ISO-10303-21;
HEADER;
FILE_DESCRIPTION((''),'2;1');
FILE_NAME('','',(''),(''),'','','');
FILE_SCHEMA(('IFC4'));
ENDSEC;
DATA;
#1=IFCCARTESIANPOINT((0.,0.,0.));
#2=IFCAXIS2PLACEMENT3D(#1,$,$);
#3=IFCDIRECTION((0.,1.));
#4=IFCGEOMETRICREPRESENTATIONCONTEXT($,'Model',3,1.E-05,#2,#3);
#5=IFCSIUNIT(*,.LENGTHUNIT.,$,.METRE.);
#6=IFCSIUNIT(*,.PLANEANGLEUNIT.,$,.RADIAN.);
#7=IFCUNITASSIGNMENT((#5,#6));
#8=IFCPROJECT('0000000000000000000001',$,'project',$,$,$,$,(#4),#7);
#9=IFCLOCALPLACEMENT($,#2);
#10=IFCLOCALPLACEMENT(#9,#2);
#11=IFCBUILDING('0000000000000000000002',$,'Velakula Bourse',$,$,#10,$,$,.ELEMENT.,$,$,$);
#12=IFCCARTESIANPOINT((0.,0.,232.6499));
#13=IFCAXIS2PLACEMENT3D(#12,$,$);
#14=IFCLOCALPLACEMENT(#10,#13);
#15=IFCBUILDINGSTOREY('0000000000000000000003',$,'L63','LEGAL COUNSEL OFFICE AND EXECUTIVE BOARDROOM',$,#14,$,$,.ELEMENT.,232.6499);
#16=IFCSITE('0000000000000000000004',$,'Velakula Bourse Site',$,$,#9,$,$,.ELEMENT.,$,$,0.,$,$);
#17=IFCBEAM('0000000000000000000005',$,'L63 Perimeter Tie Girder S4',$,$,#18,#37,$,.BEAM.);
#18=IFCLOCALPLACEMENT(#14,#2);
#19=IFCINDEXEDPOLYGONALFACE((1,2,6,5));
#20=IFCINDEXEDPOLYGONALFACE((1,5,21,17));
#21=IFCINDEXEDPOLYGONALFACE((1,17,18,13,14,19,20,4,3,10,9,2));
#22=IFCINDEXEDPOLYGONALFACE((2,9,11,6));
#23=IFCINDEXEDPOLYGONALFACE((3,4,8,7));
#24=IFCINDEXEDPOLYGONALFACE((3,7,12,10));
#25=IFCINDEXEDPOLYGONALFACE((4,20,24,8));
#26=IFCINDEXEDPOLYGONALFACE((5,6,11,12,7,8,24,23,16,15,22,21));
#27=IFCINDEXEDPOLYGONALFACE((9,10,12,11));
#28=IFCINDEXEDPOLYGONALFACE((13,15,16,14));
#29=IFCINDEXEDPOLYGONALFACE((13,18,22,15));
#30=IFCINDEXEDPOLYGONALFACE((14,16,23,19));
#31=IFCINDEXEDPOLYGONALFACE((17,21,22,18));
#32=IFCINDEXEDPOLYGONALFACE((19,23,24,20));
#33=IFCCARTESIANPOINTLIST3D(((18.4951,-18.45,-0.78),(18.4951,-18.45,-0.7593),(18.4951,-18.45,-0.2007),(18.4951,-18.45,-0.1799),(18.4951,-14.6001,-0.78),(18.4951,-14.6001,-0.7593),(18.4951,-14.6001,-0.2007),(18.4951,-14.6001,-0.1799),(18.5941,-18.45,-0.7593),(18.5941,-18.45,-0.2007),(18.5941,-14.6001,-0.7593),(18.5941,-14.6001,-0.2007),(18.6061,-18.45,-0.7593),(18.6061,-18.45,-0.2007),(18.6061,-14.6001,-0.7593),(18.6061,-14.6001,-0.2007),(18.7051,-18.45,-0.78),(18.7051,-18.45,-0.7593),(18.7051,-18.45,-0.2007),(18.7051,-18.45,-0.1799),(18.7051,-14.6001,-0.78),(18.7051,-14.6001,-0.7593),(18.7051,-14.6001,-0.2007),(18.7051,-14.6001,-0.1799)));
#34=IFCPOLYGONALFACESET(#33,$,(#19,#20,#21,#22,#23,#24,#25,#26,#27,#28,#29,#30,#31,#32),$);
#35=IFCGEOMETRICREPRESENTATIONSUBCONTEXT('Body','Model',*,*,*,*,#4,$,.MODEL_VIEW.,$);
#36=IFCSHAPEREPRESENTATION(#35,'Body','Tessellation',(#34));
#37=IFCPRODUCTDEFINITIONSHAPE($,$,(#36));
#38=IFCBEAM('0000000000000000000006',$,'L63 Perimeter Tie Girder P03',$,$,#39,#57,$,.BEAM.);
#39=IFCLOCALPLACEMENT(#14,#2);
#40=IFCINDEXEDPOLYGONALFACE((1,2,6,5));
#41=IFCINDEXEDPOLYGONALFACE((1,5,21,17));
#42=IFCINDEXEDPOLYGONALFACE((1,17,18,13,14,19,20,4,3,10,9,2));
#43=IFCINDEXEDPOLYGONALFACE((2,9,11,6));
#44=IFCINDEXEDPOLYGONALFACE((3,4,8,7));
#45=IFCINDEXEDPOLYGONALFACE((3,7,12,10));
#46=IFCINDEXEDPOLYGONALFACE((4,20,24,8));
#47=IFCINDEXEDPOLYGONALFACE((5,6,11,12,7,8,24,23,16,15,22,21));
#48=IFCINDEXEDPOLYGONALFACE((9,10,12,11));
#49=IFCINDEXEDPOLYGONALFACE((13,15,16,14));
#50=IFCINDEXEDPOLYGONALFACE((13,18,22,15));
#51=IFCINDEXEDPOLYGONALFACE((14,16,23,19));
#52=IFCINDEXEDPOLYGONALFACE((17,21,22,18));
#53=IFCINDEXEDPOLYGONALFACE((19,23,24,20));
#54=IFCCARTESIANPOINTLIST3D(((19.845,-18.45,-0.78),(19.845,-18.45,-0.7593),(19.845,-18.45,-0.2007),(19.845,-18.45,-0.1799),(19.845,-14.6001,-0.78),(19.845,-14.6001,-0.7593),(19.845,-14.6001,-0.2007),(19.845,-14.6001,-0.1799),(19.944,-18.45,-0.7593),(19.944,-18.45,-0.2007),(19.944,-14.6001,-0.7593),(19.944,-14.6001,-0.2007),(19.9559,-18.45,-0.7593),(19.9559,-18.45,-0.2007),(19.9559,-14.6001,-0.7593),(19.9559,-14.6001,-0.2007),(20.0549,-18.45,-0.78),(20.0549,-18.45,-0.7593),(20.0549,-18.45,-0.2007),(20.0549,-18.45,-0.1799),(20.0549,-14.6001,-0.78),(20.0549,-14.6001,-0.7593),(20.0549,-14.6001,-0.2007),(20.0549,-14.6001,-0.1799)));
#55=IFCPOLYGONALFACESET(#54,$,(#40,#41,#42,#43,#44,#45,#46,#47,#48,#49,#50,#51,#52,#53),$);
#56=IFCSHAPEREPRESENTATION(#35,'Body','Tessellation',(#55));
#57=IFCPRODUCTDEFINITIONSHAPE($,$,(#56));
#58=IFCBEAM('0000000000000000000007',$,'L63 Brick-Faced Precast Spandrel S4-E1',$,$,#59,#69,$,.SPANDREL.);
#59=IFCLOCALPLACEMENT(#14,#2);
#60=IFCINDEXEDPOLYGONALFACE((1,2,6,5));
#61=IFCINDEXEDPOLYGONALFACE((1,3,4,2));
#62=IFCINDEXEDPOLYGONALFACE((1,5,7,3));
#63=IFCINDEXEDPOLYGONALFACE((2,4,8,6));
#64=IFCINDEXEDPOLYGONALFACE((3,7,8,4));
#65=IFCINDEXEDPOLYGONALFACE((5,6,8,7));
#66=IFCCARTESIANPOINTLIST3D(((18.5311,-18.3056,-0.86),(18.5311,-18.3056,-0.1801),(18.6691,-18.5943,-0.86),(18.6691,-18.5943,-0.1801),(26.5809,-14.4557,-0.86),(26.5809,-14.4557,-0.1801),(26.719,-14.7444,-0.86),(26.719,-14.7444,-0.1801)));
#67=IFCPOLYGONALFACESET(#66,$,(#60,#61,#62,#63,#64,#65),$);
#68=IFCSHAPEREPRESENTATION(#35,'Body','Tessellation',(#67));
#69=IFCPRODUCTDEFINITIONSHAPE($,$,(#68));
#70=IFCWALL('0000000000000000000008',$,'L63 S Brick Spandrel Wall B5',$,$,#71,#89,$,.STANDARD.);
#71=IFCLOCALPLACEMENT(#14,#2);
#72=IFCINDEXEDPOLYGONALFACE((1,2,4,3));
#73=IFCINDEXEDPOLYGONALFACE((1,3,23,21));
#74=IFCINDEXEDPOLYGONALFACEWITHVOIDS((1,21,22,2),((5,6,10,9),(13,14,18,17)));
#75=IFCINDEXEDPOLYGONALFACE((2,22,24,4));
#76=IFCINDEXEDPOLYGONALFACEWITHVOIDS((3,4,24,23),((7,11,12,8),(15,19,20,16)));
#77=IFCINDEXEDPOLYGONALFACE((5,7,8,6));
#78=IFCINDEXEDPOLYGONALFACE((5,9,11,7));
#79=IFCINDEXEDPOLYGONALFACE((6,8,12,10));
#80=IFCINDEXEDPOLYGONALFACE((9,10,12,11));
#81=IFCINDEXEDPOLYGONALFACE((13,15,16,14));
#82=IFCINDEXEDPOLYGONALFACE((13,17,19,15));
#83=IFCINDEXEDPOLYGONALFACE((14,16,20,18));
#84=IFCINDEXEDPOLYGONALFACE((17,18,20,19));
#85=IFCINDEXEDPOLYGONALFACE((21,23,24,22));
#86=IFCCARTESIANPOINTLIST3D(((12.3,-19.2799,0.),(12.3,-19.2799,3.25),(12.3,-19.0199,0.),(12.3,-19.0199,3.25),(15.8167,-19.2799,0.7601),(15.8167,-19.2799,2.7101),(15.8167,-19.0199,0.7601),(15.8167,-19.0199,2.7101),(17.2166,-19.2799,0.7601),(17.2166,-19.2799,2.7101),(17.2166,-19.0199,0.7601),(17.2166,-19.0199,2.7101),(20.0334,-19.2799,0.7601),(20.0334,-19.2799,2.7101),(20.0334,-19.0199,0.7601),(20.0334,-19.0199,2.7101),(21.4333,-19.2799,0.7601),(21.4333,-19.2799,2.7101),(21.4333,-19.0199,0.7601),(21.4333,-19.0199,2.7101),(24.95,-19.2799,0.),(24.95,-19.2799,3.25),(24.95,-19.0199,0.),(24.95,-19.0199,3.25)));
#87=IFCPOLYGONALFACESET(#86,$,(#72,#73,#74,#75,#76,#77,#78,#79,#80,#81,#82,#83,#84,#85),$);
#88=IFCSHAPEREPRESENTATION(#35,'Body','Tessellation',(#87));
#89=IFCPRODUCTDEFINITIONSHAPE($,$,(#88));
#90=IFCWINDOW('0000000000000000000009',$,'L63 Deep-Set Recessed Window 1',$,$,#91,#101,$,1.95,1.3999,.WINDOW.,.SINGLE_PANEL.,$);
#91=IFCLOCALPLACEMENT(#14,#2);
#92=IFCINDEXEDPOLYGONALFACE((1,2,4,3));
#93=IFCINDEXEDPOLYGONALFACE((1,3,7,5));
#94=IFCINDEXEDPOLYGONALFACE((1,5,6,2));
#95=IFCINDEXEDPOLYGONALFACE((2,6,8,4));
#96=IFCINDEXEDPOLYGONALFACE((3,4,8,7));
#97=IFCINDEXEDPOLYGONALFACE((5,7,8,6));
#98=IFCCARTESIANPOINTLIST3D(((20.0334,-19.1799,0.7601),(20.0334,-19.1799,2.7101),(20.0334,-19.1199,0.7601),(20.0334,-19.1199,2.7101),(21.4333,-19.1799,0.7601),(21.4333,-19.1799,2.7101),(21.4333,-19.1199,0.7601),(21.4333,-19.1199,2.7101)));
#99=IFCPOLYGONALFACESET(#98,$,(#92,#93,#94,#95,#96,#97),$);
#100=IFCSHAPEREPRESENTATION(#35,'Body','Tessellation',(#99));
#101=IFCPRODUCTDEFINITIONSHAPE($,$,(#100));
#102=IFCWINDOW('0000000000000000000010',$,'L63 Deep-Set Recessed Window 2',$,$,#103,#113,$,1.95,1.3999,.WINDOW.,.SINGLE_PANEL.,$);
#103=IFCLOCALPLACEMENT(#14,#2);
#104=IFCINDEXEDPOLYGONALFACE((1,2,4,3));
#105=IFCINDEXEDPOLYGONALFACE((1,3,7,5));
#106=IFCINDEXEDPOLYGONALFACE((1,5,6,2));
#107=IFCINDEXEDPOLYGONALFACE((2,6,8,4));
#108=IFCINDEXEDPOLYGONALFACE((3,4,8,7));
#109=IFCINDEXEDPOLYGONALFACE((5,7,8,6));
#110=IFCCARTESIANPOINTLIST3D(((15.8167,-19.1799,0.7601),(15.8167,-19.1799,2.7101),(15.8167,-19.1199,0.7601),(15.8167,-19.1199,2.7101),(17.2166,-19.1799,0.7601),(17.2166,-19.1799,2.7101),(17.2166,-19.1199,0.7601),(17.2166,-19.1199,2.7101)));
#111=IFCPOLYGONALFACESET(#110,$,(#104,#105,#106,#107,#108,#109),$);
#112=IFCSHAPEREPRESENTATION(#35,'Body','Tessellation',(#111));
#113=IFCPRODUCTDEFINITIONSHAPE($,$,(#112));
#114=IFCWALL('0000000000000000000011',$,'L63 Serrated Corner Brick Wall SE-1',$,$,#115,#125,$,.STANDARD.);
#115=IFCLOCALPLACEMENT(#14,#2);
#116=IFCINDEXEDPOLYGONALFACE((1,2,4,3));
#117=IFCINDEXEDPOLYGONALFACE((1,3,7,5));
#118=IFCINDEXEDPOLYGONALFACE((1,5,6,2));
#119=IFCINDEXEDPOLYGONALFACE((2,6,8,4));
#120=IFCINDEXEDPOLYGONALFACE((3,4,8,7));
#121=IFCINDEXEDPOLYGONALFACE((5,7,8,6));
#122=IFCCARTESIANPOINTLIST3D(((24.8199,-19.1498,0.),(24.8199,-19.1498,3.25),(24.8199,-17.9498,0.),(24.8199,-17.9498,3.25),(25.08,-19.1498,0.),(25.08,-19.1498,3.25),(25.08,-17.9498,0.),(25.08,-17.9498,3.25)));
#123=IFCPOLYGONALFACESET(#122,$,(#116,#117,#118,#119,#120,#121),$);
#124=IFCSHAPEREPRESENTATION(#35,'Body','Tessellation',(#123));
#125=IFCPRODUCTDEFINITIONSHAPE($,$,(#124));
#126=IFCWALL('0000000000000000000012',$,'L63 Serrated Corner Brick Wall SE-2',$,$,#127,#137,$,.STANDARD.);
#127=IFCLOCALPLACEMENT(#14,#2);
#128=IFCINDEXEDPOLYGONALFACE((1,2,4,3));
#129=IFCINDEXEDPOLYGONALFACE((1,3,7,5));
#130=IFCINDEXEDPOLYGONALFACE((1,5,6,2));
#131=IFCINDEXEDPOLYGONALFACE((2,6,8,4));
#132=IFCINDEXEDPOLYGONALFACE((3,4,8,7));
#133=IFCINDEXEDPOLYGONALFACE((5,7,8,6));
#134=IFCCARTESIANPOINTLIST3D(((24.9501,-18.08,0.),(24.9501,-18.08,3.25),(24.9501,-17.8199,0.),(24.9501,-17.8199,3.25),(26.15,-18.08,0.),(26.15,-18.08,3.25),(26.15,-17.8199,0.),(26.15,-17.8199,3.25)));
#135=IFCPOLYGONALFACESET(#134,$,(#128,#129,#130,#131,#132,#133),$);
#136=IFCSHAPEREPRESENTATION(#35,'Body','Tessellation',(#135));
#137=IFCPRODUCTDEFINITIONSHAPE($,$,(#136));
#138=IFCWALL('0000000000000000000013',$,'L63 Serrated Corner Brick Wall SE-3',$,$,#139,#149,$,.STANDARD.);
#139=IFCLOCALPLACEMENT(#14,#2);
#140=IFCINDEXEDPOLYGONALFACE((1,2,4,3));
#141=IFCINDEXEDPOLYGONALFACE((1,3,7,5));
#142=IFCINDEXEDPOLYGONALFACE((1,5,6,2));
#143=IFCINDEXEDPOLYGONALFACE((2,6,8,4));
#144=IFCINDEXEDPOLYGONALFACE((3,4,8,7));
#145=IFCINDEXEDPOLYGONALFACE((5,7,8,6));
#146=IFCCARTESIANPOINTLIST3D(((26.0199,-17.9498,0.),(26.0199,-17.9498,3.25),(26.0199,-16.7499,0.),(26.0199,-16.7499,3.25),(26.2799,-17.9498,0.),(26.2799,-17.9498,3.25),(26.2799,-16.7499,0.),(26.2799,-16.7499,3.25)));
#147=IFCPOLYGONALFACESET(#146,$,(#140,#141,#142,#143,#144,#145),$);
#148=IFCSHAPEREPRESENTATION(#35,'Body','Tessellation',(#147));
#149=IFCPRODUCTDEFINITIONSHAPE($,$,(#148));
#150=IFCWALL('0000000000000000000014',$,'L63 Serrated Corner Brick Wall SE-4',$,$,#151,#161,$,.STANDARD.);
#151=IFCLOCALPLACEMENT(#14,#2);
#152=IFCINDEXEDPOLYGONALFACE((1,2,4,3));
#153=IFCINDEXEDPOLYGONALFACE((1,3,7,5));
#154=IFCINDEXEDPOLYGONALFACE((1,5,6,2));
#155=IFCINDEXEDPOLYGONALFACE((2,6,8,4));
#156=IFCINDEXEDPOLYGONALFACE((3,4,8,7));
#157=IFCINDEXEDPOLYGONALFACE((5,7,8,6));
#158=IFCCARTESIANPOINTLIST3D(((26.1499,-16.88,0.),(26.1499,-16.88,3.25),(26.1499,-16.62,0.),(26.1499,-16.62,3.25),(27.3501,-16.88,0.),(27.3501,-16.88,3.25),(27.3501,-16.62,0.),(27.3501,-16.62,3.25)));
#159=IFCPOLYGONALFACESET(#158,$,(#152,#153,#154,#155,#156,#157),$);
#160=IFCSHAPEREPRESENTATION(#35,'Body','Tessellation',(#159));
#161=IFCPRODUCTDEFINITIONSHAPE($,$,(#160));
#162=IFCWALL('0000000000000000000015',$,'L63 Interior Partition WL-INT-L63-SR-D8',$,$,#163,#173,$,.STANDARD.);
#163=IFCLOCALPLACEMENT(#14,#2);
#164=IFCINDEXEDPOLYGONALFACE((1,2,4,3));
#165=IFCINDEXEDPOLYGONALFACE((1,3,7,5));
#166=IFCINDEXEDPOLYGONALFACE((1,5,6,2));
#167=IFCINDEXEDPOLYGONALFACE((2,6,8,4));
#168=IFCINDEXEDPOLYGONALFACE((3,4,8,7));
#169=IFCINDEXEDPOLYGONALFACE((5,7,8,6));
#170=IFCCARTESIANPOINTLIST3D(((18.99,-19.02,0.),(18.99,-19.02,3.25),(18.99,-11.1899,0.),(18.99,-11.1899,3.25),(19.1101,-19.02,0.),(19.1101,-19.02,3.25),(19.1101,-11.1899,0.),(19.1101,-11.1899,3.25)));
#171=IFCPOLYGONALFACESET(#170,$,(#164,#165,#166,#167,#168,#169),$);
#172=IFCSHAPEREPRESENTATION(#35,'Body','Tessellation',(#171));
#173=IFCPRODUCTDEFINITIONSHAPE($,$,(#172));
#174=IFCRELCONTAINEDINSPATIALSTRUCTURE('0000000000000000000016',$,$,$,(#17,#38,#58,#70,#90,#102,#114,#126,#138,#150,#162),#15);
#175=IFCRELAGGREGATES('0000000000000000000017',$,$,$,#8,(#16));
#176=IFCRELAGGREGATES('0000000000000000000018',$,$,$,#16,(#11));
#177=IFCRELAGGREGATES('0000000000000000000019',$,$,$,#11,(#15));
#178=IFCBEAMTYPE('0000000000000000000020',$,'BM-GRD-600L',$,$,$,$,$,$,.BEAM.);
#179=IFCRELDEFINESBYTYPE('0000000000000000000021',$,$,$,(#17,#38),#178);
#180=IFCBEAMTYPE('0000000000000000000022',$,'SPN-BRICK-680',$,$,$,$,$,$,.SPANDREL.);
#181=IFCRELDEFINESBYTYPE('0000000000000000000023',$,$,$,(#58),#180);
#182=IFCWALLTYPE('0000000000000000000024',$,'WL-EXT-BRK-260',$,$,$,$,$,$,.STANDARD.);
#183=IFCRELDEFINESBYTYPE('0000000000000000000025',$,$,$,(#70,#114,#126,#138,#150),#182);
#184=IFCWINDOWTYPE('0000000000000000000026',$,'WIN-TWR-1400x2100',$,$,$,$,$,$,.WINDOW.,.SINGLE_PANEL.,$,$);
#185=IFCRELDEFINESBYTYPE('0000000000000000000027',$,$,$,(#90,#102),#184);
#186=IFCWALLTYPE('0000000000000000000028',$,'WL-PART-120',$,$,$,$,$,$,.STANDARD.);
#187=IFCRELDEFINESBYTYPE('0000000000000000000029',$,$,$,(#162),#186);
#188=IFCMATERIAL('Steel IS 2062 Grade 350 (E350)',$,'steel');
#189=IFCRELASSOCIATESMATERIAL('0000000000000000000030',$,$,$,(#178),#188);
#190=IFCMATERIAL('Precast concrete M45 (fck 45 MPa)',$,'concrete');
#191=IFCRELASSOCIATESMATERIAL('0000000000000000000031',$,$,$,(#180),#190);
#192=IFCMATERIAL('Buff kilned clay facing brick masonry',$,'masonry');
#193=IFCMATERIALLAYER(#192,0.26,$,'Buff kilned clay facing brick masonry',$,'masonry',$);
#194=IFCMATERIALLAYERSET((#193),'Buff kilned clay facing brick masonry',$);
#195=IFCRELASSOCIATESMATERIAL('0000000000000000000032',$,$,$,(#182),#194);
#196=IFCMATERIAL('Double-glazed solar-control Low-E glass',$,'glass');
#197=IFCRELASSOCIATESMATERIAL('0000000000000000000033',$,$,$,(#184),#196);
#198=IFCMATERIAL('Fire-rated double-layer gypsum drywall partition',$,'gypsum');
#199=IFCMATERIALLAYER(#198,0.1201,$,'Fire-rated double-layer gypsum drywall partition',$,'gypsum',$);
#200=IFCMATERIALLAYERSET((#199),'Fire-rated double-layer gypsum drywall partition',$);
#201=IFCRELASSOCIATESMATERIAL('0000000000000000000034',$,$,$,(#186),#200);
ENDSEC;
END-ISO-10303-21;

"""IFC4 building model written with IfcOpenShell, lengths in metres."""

from ifc_helpers import new_model, si_unit, direction, frame, frame_2d, origin, origin_2d, place, context, subcontext, project, spatial, rectangle, i_section, extrude, material, layer, layer_set, material_profile, profile_set, type_object, element, fill, save


model = new_model("IFC4")

# Units and contexts
model_context = context("Model", 3, precision=1e-05, world=origin(), true_north=direction((0.0, 1.0)))
body_context = subcontext(model_context, "Body", "Model", "MODEL_VIEW")
ifc_project = project(units=[si_unit("LENGTHUNIT", "METRE"), si_unit("PLANEANGLEUNIT", "RADIAN")], contexts=[model_context])

# Site, building, storey
site_placement = place(None, origin())
site = spatial("IfcSite", under=ifc_project, at=site_placement, Name="Velakula Bourse Site", CompositionType="ELEMENT", RefElevation=0.0)
building_placement = place(site_placement, origin())
building = spatial("IfcBuilding", under=site, at=building_placement, Name="Velakula Bourse", CompositionType="ELEMENT")
storey_placement = place(building_placement, frame((0.0, 0.0, 232.6499)))
storey = spatial("IfcBuildingStorey", under=building, at=storey_placement, Name="L63", Description="LEGAL COUNSEL OFFICE AND EXECUTIVE BOARDROOM", CompositionType="ELEMENT", Elevation=232.6499)

# Shared definitions
ifc_material_1 = material(Name="Steel IS 2062 Grade 350 (E350)", Category="steel")
ifc_material_2 = material(Name="Precast concrete M45 (fck 45 MPa)", Category="concrete")

# Beams
ifc_material_profile_1 = material_profile(ifc_material_1, i_section(OverallWidth=0.21, OverallDepth=0.6001, WebThickness=0.012, FlangeThickness=0.0208, at=origin_2d()), Name="Steel IS 2062 Grade 350 (E350)")
ifc_profile_set_1 = profile_set([ifc_material_profile_1], Name="Steel IS 2062 Grade 350 (E350)")
beam_type_1 = type_object("IfcBeamType", Name="BM-GRD-600L", PredefinedType="BEAM", material=ifc_profile_set_1)
for number, where, z_axis, x_axis, name in (
    (1, (18.6001, -14.6001, -0.48), (0.0, -1.0, 0.0), (1.0, 0.0, 0.0), "L63 Perimeter Tie Girder S4"),
    (2, (19.95, -14.6001, -0.48), (0.0, -1.0, 0.0), (1.0, 0.0, 0.0), "L63 Perimeter Tie Girder P03"),
):
    element("IfcBeam", number, at=place(storey_placement, frame(where, z_axis=z_axis, x_axis=x_axis)), inside=storey, type_object=beam_type_1, Name=name, PredefinedType="BEAM", context=body_context, shape_type="SweptSolid", body=[
        extrude(i_section(OverallWidth=0.21, OverallDepth=0.6001, WebThickness=0.012, FlangeThickness=0.0208, at=origin_2d()), origin(), (0.0, 0.0, 1.0), 3.8499),
    ])
ifc_material_profile_2 = material_profile(ifc_material_2, rectangle(XDim=0.3201, YDim=0.6799, at=origin_2d()), Name="Precast concrete M45 (fck 45 MPa)")
ifc_profile_set_2 = profile_set([ifc_material_profile_2], Name="Precast concrete M45 (fck 45 MPa)")
beam_type_2 = type_object("IfcBeamType", Name="SPN-BRICK-680", PredefinedType="SPANDREL", material=ifc_profile_set_2)
beam_1_placement = place(storey_placement, frame((18.6001, -18.45, -0.52), z_axis=(0.902137, 0.431451, 0.0), x_axis=(-0.431451, 0.902137, 0.0)))
element("IfcBeam", 3, at=beam_1_placement, inside=storey, type_object=beam_type_2, Name="L63 Brick-Faced Precast Spandrel S4-E1", PredefinedType="SPANDREL", context=body_context, shape_type="SweptSolid", body=[
    extrude(rectangle(XDim=0.3201, YDim=0.6799, at=origin_2d()), origin(), (0.0, 0.0, 1.0), 8.9231),
])

# Wall, openings, windows
ifc_material_3 = material(Name="Buff kilned clay facing brick masonry", Category="masonry")
ifc_layer_1 = layer(ifc_material_3, 0.26, Name="Buff kilned clay facing brick masonry", Category="masonry")
ifc_layer_set_1 = layer_set([ifc_layer_1], Name="Buff kilned clay facing brick masonry")
wall_type_1 = type_object("IfcWallType", Name="WL-EXT-BRK-260", PredefinedType="STANDARD", material=ifc_layer_set_1)
wall_1_placement = place(storey_placement, frame((24.95, -19.1499, 0.0), z_axis=(0.0, 0.0, 1.0), x_axis=(-1.0, 0.0, 0.0)))
wall_1 = element("IfcWall", 4, at=wall_1_placement, inside=storey, type_object=wall_type_1, Name="L63 S Brick Spandrel Wall B5", PredefinedType="STANDARD", context=body_context, shape_type="SweptSolid", body=[
    extrude(rectangle(XDim=12.6499, YDim=0.26, at=frame_2d((6.325, 0.0))), origin(), (0.0, 0.0, 1.0), 3.25),
])
opening_1_placement = place(wall_1_placement, frame((3.5166, 0.0, 0.76)))
opening_1 = element("IfcOpeningElement", 5, at=opening_1_placement, cuts=wall_1, PredefinedType="OPENING", context=body_context, shape_type="SweptSolid", body=[
    extrude(rectangle(XDim=1.3999, YDim=1.95, at=frame_2d((0.7, 0.9751))), frame((0.0, 0.1399, 0.0), z_axis=(0.0, -1.0, 0.0), x_axis=(1.0, 0.0, 0.0)), (0.0, 0.0, 1.0), 0.28),
])
opening_2_placement = place(wall_1_placement, frame((7.7334, 0.0, 0.76)))
opening_2 = element("IfcOpeningElement", 6, at=opening_2_placement, cuts=wall_1, PredefinedType="OPENING", context=body_context, shape_type="SweptSolid", body=[
    extrude(rectangle(XDim=1.3999, YDim=1.95, at=frame_2d((0.7, 0.9751))), frame((0.0, 0.1399, 0.0), z_axis=(0.0, -1.0, 0.0), x_axis=(1.0, 0.0, 0.0)), (0.0, 0.0, 1.0), 0.28),
])
ifc_material_4 = material(Name="Double-glazed solar-control Low-E glass", Category="glass")
window_type = type_object("IfcWindowType", Name="WIN-TWR-1400x2100", PartitioningType="SINGLE_PANEL", PredefinedType="WINDOW", material=ifc_material_4)
window_1_placement = place(opening_1_placement, origin())
window_1 = element("IfcWindow", 7, at=window_1_placement, inside=storey, type_object=window_type, Name="L63 Deep-Set Recessed Window 1", OverallHeight=1.95, OverallWidth=1.3999, PartitioningType="SINGLE_PANEL", PredefinedType="WINDOW", context=body_context, shape_type="SweptSolid", body=[
    extrude(rectangle(XDim=1.3999, YDim=1.95, at=frame_2d((0.7, 0.9751))), frame((0.0, 0.03, 0.0), z_axis=(0.0, -1.0, 0.0), x_axis=(1.0, 0.0, 0.0)), (0.0, 0.0, 1.0), 0.0601),
])
fill(opening_1, window_1)
window_2_placement = place(opening_2_placement, origin())
window_2 = element("IfcWindow", 8, at=window_2_placement, inside=storey, type_object=window_type, Name="L63 Deep-Set Recessed Window 2", OverallHeight=1.95, OverallWidth=1.3999, PartitioningType="SINGLE_PANEL", PredefinedType="WINDOW", context=body_context, shape_type="SweptSolid", body=[
    extrude(rectangle(XDim=1.3999, YDim=1.95, at=frame_2d((0.7, 0.9751))), frame((0.0, 0.03, 0.0), z_axis=(0.0, -1.0, 0.0), x_axis=(1.0, 0.0, 0.0)), (0.0, 0.0, 1.0), 0.0601),
])
fill(opening_2, window_2)

# Walls
for number, where, z_axis, x_axis, name in (
    (9, (24.95, -19.1499, 0.0), (0.0, 0.0, 1.0), (0.0, 1.0, 0.0), "L63 Serrated Corner Brick Wall SE-1"),
    (10, (24.95, -17.95, 0.0), (0.0, 0.0, 1.0), (1.0, 0.0, 0.0), "L63 Serrated Corner Brick Wall SE-2"),
    (11, (26.1499, -17.95, 0.0), (0.0, 0.0, 1.0), (0.0, 1.0, 0.0), "L63 Serrated Corner Brick Wall SE-3"),
):
    element("IfcWall", number, at=place(storey_placement, frame(where, z_axis=z_axis, x_axis=x_axis)), inside=storey, type_object=wall_type_1, Name=name, PredefinedType="STANDARD", context=body_context, shape_type="SweptSolid", body=[
        extrude(rectangle(XDim=1.2, YDim=0.26, at=frame_2d((0.6001, 0.0))), origin(), (0.0, 0.0, 1.0), 3.25),
    ])
wall_2_placement = place(storey_placement, frame((26.1499, -16.75, 0.0), z_axis=(0.0, 0.0, 1.0), x_axis=(1.0, 0.0, 0.0)))
element("IfcWall", 12, at=wall_2_placement, inside=storey, type_object=wall_type_1, Name="L63 Serrated Corner Brick Wall SE-4", PredefinedType="STANDARD", context=body_context, shape_type="SweptSolid", body=[
    extrude(rectangle(XDim=1.2002, YDim=0.26, at=frame_2d((0.6001, 0.0))), origin(), (0.0, 0.0, 1.0), 3.25),
])
ifc_material_5 = material(Name="Fire-rated double-layer gypsum drywall partition", Category="gypsum")
ifc_layer_2 = layer(ifc_material_5, 0.1201, Name="Fire-rated double-layer gypsum drywall partition", Category="gypsum")
ifc_layer_set_2 = layer_set([ifc_layer_2], Name="Fire-rated double-layer gypsum drywall partition")
wall_type_2 = type_object("IfcWallType", Name="WL-PART-120", PredefinedType="STANDARD", material=ifc_layer_set_2)
wall_3_placement = place(storey_placement, frame((19.05, -19.02, 0.0), z_axis=(0.0, 0.0, 1.0), x_axis=(0.0, 1.0, 0.0)))
element("IfcWall", 13, at=wall_3_placement, inside=storey, type_object=wall_type_2, Name="L63 Interior Partition WL-INT-L63-SR-D8", PredefinedType="STANDARD", context=body_context, shape_type="SweptSolid", body=[
    extrude(rectangle(XDim=7.8301, YDim=0.1201, at=frame_2d((3.915, 0.0))), origin(), (0.0, 0.0, 1.0), 3.25),
])

save(model, "model.ifc")
